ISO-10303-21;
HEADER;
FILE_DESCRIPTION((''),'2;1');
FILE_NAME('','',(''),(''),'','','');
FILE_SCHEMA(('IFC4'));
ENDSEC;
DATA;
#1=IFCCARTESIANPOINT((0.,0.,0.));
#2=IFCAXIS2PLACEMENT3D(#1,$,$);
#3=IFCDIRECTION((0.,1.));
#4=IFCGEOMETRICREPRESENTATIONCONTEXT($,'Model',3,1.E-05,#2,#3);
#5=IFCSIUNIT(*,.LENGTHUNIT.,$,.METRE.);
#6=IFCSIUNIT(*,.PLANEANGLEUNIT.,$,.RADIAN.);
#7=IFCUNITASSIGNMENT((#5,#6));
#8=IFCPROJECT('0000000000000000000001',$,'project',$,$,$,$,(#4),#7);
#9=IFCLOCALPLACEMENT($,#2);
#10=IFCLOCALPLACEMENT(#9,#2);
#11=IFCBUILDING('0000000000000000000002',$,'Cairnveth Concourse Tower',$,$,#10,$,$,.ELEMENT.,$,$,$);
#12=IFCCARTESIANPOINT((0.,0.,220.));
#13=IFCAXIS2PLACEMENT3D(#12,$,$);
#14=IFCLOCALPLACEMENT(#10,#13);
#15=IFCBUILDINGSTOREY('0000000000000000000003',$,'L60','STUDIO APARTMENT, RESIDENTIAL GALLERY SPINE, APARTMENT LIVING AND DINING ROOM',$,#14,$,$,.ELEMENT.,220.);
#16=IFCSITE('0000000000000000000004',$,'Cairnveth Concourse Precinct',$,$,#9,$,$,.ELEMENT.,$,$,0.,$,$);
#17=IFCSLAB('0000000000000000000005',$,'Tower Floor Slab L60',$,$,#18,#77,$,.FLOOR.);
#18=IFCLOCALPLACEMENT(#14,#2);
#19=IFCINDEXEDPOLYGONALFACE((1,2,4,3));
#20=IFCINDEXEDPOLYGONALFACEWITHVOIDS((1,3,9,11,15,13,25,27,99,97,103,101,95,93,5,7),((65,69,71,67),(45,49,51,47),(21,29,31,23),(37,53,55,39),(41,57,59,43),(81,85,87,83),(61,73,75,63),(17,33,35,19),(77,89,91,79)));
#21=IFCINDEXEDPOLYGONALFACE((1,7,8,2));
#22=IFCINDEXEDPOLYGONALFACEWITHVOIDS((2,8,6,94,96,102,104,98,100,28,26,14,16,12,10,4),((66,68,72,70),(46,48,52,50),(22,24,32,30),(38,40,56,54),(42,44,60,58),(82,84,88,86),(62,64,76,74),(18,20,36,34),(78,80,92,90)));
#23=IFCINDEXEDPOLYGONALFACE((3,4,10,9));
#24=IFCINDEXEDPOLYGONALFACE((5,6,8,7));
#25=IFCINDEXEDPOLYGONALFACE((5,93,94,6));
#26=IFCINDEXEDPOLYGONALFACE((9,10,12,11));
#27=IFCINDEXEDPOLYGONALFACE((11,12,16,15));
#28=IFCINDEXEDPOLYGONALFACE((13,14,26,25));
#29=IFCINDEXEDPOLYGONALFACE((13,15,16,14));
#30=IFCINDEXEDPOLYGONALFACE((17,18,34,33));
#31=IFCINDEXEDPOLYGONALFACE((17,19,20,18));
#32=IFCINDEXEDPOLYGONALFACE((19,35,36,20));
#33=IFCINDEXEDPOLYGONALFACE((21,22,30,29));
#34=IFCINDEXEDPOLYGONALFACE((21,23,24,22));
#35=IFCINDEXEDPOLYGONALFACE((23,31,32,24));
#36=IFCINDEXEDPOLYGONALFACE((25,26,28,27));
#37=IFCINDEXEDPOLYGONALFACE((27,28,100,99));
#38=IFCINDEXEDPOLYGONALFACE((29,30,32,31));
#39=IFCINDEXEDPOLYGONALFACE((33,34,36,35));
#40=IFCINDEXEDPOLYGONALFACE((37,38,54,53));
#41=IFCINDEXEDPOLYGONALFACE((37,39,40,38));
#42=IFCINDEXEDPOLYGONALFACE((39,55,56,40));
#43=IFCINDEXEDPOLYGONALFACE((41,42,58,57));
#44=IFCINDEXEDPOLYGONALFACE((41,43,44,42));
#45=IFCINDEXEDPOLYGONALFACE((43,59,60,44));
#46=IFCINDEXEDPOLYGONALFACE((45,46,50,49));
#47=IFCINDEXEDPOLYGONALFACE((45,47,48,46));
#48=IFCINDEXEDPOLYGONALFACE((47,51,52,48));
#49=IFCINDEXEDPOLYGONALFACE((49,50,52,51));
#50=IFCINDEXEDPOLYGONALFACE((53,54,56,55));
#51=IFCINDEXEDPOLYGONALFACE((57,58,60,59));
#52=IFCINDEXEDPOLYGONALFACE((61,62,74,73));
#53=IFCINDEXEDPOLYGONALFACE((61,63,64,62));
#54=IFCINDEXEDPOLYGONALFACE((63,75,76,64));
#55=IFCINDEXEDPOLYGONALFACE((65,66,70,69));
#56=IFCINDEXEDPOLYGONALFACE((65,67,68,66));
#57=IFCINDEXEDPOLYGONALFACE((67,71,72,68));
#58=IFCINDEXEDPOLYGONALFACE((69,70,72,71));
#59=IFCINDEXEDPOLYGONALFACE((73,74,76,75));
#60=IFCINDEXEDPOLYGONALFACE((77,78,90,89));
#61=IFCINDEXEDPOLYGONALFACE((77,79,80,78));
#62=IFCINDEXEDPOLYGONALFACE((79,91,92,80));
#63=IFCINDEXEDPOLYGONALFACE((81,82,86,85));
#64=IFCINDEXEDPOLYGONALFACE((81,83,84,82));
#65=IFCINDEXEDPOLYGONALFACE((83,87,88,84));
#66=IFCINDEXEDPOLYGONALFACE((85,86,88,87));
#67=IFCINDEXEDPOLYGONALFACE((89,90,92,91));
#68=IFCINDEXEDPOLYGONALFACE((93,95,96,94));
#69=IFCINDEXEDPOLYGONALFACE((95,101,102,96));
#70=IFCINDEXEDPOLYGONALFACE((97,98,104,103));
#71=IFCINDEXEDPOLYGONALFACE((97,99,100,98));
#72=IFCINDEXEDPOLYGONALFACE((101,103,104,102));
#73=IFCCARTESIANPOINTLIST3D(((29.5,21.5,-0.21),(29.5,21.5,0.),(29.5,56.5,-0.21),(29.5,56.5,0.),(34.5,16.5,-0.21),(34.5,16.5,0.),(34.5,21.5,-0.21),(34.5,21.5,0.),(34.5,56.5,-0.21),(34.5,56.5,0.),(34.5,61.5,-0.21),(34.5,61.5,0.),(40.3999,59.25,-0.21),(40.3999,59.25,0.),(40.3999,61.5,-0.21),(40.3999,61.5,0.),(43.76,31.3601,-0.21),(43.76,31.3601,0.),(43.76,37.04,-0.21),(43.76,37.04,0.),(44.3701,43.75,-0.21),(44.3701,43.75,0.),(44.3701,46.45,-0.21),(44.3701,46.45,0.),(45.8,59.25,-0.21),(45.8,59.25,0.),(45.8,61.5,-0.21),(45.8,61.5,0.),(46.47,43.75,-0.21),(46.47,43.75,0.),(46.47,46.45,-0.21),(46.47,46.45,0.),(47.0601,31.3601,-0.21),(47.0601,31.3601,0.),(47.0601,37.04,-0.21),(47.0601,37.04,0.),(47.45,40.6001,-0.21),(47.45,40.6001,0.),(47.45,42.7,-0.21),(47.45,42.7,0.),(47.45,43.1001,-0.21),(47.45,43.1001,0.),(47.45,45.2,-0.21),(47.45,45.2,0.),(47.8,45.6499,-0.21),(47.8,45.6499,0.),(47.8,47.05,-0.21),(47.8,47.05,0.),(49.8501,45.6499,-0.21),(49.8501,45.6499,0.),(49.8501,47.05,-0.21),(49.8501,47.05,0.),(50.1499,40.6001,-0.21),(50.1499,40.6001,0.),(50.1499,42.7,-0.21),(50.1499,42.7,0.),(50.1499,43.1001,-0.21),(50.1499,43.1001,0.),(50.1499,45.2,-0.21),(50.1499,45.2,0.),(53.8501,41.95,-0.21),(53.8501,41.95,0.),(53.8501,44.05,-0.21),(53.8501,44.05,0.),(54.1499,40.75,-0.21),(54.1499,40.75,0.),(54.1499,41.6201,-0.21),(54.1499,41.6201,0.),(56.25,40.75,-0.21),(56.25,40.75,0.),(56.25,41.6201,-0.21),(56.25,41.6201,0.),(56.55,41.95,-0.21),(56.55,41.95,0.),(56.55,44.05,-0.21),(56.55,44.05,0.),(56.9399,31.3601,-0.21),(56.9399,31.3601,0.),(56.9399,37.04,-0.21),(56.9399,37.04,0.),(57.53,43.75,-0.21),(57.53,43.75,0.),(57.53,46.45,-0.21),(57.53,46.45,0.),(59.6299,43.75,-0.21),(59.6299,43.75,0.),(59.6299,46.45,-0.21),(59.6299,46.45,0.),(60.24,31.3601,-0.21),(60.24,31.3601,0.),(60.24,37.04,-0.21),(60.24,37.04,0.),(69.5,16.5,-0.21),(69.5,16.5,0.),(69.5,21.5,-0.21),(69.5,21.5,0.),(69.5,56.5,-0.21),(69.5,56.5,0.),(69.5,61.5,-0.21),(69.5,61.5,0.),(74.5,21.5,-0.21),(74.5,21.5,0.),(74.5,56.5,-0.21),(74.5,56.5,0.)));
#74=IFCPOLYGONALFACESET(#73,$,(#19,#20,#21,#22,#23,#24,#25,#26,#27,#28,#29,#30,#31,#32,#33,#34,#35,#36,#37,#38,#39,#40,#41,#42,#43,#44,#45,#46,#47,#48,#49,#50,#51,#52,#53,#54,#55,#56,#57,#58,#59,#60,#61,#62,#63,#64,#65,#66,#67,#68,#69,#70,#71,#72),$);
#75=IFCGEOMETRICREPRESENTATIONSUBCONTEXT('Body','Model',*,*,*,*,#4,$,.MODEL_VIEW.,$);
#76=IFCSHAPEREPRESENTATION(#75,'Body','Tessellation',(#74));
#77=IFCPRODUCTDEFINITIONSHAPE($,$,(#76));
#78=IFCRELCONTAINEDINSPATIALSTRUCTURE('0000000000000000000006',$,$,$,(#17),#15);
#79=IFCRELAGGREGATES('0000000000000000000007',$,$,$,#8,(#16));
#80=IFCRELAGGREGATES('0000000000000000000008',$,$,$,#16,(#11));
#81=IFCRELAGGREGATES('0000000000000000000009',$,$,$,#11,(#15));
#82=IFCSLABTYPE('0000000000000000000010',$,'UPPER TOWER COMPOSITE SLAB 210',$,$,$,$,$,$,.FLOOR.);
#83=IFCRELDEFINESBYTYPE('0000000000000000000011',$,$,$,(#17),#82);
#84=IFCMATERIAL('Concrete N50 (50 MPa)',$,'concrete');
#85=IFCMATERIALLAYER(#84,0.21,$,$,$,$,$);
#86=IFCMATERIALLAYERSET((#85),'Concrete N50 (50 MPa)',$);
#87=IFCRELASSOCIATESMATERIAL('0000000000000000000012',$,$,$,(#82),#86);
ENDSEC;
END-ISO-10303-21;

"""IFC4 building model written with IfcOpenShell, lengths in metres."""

from ifc_helpers import new_model, si_unit, direction, frame, origin, place, context, subcontext, project, spatial, polyline, outline, extrude, material, layer, layer_set, type_object, element, save


model = new_model("IFC4")

# Units and contexts
model_context = context("Model", 3, precision=1e-05, world=origin(), true_north=direction((0.0, 1.0)))
body_context = subcontext(model_context, "Body", "Model", "MODEL_VIEW")
ifc_project = project(units=[si_unit("LENGTHUNIT", "METRE"), si_unit("PLANEANGLEUNIT", "RADIAN")], contexts=[model_context])

# Site, building, storey
site_placement = place(None, origin())
site = spatial("IfcSite", under=ifc_project, at=site_placement, Name="Cairnveth Concourse Precinct", CompositionType="ELEMENT", RefElevation=0.0)
building_placement = place(site_placement, origin())
building = spatial("IfcBuilding", under=site, at=building_placement, Name="Cairnveth Concourse Tower", CompositionType="ELEMENT")
storey_placement = place(building_placement, frame((0.0, 0.0, 220.0)))
storey = spatial("IfcBuildingStorey", under=building, at=storey_placement, Name="L60", Description="STUDIO APARTMENT, RESIDENTIAL GALLERY SPINE, APARTMENT LIVING AND DINING ROOM", CompositionType="ELEMENT", Elevation=220.0)

# Shared definitions
ifc_material_1 = material(Name="Concrete N50 (50 MPa)", Category="concrete")

# Slab
ifc_layer_1 = layer(ifc_material_1, 0.21)
ifc_layer_set_1 = layer_set([ifc_layer_1], Name="Concrete N50 (50 MPa)")
slab_type_1 = type_object("IfcSlabType", Name="UPPER TOWER COMPOSITE SLAB 210", PredefinedType="FLOOR", material=ifc_layer_set_1)
slab_1_placement = place(storey_placement, frame((0.0, 0.0, -0.21)))
element("IfcSlab", 1, at=slab_1_placement, inside=storey, type_object=slab_type_1, Name="Tower Floor Slab L60", PredefinedType="FLOOR", context=body_context, shape_type="SweptSolid", body=[
    extrude(outline(polyline([(45.8, 61.5), (45.8, 59.25), (40.3999, 59.25), (40.3999, 61.5), (34.5, 61.5), (34.5, 56.5), (29.5, 56.5), (29.5, 21.5), (34.5, 21.5), (34.5, 16.5), (69.5, 16.5), (69.5, 21.5), (74.5, 21.5), (74.5, 56.5), (69.5, 56.5), (69.5, 61.5), (45.8, 61.5)]), holes=[polyline([(43.76, 31.3601), (47.0601, 31.3601), (47.0601, 37.04), (43.76, 37.04), (43.76, 31.3601)]), polyline([(56.9399, 31.3601), (60.24, 31.3601), (60.24, 37.04), (56.9399, 37.04), (56.9399, 31.3601)]), polyline([(44.3701, 43.75), (46.47, 43.75), (46.47, 46.45), (44.3701, 46.45), (44.3701, 43.75)]), polyline([(57.53, 43.75), (59.6299, 43.75), (59.6299, 46.45), (57.53, 46.45), (57.53, 43.75)]), polyline([(47.45, 40.6001), (50.1499, 40.6001), (50.1499, 42.7), (47.45, 42.7), (47.45, 40.6001)]), polyline([(47.45, 43.1001), (50.1499, 43.1001), (50.1499, 45.2), (47.45, 45.2), (47.45, 43.1001)]), polyline([(53.8501, 41.95), (56.55, 41.95), (56.55, 44.05), (53.8501, 44.05), (53.8501, 41.95)]), polyline([(47.8, 45.6499), (49.8501, 45.6499), (49.8501, 47.05), (47.8, 47.05), (47.8, 45.6499)]), polyline([(54.1499, 40.75), (56.25, 40.75), (56.25, 41.6201), (54.1499, 41.6201), (54.1499, 40.75)])]), origin(), (0.0, 0.0, 1.0), 0.21),
])

save(model, "model.ifc")
